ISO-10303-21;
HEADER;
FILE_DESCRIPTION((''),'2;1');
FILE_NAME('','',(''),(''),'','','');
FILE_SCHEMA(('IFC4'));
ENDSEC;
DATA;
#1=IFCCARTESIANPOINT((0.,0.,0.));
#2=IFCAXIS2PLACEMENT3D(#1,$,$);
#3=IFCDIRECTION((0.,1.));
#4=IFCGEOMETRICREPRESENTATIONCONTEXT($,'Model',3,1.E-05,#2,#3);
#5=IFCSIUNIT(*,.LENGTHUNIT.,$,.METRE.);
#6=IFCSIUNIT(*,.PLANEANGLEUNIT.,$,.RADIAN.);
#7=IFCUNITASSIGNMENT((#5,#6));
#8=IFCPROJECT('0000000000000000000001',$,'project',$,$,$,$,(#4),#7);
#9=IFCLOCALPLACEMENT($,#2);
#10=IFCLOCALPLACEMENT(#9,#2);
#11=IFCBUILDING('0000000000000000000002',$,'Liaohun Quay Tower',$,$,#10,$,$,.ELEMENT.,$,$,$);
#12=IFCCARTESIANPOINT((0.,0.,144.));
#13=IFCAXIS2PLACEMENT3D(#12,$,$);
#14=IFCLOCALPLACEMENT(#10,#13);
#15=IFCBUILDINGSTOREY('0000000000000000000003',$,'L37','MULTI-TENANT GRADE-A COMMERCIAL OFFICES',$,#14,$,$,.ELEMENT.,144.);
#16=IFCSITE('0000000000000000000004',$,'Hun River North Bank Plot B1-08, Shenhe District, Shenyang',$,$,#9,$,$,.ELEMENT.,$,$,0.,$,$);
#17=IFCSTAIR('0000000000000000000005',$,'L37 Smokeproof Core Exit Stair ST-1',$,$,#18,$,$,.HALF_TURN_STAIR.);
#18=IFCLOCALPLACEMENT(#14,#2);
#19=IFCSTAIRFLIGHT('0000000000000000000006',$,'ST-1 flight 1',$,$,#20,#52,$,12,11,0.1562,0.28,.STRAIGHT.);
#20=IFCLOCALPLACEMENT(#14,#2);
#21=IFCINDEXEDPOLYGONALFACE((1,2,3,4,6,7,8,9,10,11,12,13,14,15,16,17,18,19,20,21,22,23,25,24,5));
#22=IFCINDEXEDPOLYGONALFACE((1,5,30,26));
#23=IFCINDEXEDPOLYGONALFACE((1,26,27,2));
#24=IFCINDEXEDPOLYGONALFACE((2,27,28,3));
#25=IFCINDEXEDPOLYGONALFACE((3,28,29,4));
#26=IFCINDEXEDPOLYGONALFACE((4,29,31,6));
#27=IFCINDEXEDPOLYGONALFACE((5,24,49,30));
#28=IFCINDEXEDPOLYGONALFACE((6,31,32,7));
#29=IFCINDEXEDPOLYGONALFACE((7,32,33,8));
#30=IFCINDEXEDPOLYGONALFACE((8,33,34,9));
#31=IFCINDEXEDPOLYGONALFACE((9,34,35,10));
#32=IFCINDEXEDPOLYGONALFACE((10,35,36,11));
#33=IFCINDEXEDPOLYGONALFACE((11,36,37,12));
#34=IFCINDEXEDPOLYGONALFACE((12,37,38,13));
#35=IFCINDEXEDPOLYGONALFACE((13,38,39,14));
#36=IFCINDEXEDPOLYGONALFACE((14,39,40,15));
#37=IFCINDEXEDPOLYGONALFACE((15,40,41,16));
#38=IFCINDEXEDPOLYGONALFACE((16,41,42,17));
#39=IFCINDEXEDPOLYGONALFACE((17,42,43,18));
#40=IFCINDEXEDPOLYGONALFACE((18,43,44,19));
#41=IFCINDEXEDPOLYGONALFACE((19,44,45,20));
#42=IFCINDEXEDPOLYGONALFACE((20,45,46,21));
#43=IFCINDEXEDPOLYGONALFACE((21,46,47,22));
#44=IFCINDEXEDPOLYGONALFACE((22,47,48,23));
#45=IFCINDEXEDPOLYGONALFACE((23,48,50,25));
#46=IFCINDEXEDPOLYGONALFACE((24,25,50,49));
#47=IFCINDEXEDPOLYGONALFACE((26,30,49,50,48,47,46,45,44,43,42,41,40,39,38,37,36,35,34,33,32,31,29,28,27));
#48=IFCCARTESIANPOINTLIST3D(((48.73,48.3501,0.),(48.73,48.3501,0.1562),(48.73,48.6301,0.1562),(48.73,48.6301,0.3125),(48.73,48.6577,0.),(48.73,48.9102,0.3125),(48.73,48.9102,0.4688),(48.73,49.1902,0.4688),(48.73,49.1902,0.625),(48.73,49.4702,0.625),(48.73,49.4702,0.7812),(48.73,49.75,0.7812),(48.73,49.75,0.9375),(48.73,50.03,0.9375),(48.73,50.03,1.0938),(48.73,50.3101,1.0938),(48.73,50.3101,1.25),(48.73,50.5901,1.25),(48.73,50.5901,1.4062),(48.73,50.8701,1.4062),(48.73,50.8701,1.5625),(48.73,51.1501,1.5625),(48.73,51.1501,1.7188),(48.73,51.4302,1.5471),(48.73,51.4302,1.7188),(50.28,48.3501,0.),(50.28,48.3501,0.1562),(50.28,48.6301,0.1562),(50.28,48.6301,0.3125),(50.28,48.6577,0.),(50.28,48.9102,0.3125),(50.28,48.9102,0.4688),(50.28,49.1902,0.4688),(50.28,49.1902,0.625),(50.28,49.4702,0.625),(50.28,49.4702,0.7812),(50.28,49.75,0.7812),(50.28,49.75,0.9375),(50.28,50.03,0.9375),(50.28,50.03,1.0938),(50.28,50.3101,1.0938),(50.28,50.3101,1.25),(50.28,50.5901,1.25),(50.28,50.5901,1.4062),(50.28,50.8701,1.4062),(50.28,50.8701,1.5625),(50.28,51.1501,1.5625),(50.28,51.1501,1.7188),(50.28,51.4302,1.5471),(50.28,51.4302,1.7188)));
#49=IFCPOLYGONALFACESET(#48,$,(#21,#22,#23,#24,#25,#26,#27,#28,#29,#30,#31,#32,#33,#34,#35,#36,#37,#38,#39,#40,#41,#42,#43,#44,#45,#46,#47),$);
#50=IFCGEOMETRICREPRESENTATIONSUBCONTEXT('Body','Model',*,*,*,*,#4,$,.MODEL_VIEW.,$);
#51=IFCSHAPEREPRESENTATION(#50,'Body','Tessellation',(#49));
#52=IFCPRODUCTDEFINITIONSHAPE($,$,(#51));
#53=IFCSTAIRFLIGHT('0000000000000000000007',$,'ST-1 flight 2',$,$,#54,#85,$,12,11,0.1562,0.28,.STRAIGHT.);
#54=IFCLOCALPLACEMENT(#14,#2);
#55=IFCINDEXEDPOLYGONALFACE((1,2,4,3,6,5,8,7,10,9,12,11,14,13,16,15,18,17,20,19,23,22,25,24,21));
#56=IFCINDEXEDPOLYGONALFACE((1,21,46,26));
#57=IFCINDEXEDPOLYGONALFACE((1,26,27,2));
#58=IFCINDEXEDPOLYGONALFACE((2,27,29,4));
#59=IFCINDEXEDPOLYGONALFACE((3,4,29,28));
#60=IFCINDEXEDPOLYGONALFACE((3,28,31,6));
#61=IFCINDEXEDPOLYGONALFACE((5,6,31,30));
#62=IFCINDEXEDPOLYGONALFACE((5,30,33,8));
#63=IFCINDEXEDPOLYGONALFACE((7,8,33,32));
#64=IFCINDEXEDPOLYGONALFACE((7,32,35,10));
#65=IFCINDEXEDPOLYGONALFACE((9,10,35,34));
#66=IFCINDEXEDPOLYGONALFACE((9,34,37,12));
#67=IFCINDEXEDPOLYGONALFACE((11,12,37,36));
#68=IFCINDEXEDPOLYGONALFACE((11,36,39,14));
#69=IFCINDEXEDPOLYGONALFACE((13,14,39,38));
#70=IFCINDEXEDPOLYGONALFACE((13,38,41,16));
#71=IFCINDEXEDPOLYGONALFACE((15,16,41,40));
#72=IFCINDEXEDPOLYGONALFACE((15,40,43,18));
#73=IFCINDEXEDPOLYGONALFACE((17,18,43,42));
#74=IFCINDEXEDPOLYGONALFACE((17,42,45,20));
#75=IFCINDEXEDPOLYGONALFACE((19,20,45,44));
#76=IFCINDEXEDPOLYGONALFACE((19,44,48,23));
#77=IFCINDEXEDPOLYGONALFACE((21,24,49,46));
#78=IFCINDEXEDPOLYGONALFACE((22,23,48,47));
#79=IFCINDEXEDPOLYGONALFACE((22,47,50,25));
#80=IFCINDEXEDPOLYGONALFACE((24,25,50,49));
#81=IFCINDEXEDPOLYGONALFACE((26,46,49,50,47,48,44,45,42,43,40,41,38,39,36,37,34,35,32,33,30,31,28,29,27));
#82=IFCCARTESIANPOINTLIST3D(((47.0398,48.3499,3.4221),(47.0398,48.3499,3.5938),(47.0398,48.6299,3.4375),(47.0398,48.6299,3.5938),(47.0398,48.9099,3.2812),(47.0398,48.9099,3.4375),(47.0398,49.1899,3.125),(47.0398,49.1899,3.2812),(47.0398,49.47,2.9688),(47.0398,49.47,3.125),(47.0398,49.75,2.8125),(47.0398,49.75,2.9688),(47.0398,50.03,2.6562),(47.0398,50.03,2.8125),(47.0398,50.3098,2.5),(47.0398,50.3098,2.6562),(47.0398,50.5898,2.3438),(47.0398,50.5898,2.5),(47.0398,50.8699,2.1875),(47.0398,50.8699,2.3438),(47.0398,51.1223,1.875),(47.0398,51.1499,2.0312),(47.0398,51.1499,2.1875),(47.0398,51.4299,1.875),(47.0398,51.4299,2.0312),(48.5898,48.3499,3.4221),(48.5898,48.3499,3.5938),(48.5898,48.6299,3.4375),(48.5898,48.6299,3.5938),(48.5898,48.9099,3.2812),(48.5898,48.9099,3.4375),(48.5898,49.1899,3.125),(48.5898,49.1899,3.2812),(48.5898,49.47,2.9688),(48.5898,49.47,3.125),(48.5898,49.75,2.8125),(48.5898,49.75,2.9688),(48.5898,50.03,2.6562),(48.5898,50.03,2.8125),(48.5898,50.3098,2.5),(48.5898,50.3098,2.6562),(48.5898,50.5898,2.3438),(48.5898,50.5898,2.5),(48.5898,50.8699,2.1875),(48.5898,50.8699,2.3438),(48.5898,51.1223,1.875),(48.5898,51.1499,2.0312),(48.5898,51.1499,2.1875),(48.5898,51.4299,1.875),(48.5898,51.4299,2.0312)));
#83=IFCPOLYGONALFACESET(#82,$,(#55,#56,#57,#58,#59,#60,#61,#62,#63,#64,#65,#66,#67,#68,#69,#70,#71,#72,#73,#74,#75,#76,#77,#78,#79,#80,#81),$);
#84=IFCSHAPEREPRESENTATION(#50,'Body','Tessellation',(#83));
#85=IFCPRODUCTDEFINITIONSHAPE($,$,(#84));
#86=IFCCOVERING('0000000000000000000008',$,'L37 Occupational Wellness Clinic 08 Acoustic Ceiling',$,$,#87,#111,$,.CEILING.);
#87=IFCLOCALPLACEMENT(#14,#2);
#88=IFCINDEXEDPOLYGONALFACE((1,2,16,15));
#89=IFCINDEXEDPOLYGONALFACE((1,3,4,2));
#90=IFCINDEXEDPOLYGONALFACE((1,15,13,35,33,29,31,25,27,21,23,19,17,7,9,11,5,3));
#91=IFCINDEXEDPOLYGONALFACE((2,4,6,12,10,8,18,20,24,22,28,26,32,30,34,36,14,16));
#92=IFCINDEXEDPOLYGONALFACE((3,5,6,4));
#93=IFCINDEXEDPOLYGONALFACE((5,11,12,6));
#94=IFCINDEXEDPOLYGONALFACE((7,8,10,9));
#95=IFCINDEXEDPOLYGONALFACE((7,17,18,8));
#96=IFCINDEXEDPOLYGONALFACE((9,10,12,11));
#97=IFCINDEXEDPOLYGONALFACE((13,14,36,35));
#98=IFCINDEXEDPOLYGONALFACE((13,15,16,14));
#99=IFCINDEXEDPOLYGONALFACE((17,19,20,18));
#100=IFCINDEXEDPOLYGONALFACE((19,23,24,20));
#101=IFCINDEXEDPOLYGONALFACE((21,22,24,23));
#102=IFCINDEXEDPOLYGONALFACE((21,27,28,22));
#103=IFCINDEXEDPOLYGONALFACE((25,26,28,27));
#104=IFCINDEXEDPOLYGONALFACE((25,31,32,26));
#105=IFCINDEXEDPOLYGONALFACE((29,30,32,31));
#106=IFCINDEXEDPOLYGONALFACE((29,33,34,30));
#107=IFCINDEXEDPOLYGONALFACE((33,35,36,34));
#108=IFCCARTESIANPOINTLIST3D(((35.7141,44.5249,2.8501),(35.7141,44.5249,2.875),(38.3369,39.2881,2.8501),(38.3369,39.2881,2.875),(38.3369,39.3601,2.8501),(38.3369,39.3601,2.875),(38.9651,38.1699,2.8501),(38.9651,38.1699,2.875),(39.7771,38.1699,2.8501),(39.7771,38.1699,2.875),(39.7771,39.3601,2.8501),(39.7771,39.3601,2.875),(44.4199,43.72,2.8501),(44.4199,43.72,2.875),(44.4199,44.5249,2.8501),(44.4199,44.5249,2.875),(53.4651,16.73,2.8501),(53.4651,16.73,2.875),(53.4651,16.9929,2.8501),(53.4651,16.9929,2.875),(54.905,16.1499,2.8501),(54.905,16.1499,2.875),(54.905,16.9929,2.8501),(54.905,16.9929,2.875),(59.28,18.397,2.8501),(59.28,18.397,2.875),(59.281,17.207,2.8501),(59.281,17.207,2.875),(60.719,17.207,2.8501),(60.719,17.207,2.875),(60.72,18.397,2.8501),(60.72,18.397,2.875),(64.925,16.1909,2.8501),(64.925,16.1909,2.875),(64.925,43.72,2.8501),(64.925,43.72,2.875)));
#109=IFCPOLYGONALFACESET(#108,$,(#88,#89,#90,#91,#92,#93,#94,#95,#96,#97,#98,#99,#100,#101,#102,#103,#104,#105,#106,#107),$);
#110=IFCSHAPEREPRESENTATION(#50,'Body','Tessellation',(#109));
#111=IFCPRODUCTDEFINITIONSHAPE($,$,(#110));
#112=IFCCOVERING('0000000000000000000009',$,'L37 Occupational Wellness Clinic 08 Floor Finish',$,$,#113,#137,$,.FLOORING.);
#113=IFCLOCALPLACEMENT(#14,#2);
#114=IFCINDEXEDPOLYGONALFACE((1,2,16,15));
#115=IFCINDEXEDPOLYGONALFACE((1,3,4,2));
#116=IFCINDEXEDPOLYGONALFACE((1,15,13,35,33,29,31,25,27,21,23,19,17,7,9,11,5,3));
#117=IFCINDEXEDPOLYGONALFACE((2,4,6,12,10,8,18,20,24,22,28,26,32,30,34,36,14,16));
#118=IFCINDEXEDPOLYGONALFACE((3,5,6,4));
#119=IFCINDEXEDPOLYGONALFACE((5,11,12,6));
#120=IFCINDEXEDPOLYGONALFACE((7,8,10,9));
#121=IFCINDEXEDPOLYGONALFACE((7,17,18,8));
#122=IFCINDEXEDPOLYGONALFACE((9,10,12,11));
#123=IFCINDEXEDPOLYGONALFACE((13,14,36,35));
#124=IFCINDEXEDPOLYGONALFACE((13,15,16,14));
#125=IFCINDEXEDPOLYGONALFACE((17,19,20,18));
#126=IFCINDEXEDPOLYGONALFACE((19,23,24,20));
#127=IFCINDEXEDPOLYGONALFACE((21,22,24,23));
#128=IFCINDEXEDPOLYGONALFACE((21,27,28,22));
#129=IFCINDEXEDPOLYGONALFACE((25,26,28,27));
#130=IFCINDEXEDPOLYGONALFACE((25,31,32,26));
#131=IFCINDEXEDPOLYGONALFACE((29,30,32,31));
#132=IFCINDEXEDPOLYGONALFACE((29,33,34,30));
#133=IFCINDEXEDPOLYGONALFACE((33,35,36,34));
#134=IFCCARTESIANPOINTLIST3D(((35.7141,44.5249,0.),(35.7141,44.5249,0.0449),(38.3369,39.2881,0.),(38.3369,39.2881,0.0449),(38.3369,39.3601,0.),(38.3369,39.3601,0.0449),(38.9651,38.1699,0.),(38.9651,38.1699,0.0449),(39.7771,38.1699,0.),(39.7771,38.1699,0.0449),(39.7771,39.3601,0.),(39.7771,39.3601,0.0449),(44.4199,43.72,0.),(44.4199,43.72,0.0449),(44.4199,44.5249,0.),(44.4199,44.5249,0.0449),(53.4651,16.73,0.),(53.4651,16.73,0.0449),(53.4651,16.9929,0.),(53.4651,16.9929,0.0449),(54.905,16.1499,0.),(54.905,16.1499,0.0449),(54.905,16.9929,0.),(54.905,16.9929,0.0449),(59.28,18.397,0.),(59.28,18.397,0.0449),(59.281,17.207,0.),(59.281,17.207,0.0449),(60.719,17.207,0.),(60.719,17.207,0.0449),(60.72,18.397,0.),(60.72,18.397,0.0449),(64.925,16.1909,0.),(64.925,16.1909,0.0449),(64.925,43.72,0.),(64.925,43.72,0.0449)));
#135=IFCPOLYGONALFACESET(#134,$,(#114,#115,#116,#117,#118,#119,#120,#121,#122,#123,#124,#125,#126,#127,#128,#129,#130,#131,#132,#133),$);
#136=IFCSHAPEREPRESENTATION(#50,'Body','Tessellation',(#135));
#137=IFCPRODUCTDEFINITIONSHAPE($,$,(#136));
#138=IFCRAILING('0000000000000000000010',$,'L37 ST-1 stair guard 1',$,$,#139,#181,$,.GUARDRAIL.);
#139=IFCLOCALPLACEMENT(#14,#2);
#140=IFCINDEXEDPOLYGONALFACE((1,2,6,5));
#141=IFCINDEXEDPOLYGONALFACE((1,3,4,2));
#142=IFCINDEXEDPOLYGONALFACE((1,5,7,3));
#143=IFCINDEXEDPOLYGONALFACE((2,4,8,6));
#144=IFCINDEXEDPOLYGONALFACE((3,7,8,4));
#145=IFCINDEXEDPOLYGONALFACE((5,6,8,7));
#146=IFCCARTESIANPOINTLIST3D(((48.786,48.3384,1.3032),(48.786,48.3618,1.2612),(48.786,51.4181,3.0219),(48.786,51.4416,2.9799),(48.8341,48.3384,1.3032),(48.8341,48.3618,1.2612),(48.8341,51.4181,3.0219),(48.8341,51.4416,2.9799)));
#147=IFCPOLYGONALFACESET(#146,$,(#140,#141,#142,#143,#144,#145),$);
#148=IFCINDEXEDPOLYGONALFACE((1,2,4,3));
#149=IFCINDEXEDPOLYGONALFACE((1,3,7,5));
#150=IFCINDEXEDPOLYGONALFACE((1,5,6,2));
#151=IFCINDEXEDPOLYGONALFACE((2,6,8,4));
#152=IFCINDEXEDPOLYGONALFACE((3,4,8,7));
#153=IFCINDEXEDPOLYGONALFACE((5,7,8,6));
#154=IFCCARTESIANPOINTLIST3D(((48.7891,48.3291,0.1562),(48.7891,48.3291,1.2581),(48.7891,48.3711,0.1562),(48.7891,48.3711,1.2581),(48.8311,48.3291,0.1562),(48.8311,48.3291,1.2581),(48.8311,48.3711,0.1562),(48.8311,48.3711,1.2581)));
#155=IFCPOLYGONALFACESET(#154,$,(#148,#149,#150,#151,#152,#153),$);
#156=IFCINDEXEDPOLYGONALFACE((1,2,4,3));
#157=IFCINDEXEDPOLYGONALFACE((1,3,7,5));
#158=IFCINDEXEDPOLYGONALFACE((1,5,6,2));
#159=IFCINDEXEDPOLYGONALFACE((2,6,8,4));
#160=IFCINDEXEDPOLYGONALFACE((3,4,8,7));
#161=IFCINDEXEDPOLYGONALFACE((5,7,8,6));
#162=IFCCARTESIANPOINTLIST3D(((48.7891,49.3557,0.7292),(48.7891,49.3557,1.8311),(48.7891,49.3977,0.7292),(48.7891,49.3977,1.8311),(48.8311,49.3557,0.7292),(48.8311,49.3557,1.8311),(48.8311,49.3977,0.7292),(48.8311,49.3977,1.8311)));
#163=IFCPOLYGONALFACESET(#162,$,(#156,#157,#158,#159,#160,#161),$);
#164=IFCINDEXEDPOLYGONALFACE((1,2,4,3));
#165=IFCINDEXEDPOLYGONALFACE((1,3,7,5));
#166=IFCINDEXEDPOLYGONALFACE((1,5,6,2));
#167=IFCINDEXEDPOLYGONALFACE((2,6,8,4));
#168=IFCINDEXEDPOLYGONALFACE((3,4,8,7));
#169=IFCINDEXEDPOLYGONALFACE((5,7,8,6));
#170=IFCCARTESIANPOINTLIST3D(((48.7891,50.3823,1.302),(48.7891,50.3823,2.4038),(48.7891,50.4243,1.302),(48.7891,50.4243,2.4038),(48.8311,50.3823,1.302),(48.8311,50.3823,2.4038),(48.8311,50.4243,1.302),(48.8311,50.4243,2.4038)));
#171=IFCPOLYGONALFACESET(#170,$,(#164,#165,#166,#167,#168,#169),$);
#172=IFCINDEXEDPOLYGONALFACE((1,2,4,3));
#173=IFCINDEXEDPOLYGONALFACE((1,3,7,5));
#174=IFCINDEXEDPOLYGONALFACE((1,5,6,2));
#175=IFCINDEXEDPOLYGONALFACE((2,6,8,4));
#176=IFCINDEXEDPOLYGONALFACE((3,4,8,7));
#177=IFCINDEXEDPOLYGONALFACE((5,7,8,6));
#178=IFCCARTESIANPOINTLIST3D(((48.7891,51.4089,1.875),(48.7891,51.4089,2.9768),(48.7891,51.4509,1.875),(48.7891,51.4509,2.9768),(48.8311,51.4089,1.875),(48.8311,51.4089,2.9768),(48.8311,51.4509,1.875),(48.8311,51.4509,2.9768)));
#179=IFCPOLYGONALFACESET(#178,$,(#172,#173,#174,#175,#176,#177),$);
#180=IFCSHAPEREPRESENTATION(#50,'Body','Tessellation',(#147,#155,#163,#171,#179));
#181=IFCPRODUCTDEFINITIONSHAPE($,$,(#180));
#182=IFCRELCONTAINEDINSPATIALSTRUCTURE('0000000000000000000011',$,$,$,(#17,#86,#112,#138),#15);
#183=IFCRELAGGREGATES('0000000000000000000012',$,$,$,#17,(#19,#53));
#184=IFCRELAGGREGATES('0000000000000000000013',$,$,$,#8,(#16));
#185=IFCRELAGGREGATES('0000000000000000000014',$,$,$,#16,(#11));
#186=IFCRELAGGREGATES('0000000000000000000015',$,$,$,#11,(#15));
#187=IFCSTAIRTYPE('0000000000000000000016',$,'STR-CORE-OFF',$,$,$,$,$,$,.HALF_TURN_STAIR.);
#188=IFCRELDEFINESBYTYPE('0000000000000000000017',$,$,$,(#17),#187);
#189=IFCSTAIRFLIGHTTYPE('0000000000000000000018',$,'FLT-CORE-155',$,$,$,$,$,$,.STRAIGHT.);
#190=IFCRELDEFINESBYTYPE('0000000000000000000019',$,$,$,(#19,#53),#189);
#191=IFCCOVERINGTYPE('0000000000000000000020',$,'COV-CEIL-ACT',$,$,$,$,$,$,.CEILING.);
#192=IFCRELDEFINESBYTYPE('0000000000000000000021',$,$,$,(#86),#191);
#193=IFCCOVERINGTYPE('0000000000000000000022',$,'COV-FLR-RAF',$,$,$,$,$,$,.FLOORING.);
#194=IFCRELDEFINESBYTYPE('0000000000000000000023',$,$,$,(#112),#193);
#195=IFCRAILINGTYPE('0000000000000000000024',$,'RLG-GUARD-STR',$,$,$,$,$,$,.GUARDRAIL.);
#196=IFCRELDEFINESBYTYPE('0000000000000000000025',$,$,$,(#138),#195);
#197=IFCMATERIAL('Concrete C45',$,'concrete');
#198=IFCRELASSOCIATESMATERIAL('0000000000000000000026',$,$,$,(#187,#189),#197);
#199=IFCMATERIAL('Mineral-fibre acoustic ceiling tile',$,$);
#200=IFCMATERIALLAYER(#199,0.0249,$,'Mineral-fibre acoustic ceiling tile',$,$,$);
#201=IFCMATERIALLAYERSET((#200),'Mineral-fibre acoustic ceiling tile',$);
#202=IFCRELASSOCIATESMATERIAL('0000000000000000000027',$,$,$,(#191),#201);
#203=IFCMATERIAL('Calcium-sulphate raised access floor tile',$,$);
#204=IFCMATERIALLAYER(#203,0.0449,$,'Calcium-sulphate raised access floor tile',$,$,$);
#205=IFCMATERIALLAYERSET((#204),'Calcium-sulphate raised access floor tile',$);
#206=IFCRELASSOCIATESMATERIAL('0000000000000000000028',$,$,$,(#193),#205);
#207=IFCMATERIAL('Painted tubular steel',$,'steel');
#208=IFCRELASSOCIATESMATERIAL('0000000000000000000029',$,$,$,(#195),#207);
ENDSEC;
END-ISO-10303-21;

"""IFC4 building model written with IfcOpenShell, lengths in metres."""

from ifc_helpers import new_model, si_unit, direction, frame, origin, origin_2d, place, context, subcontext, project, spatial, polyline, rectangle, outline, extrude, material, layer, layer_set, type_object, element, aggregate, save


model = new_model("IFC4")

# Units and contexts
model_context = context("Model", 3, precision=1e-05, world=origin(), true_north=direction((0.0, 1.0)))
body_context = subcontext(model_context, "Body", "Model", "MODEL_VIEW")
ifc_project = project(units=[si_unit("LENGTHUNIT", "METRE"), si_unit("PLANEANGLEUNIT", "RADIAN")], contexts=[model_context])

# Site, building, storey
site_placement = place(None, origin())
site = spatial("IfcSite", under=ifc_project, at=site_placement, Name="Hun River North Bank Plot B1-08, Shenhe District, Shenyang", CompositionType="ELEMENT", RefElevation=0.0)
building_placement = place(site_placement, origin())
building = spatial("IfcBuilding", under=site, at=building_placement, Name="Liaohun Quay Tower", CompositionType="ELEMENT")
storey_placement = place(building_placement, frame((0.0, 0.0, 144.0)))
storey = spatial("IfcBuildingStorey", under=building, at=storey_placement, Name="L37", Description="MULTI-TENANT GRADE-A COMMERCIAL OFFICES", CompositionType="ELEMENT", Elevation=144.0)

# Stair
ifc_material_1 = material(Name="Concrete C45", Category="concrete")
stair_type = type_object("IfcStairType", Name="STR-CORE-OFF", PredefinedType="HALF_TURN_STAIR", material=ifc_material_1)
stair_1_placement = place(storey_placement, origin())
stair_1 = element("IfcStair", 1, at=stair_1_placement, inside=storey, type_object=stair_type, Name="L37 Smokeproof Core Exit Stair ST-1", PredefinedType="HALF_TURN_STAIR")

# Stair flights
stair_flight_type = type_object("IfcStairFlightType", Name="FLT-CORE-155", PredefinedType="STRAIGHT", material=ifc_material_1)
stair_flight_1_placement = place(storey_placement, frame((49.5049, 48.3501, 0.0), z_axis=(0.0, 0.0, 1.0), x_axis=(0.0, 1.0, 0.0)))
stair_flight_1 = element("IfcStairFlight", 2, at=stair_flight_1_placement, type_object=stair_flight_type, Name="ST-1 flight 1", NumberOfRisers=12, NumberOfTreads=11, PredefinedType="STRAIGHT", RiserHeight=0.1562, TreadLength=0.28, context=body_context, shape_type="SweptSolid", body=[
    extrude(outline(polyline([(0.0, 0.0), (0.0, 0.1562), (0.28, 0.1562), (0.28, 0.3125), (0.5601, 0.3125), (0.5601, 0.4688), (0.8401, 0.4688), (0.8401, 0.625), (1.1201, 0.625), (1.1201, 0.7812), (1.3999, 0.7812), (1.3999, 0.9375), (1.6799, 0.9375), (1.6799, 1.0938), (1.96, 1.0938), (1.96, 1.25), (2.24, 1.25), (2.24, 1.4062), (2.52, 1.4062), (2.52, 1.5625), (2.8, 1.5625), (2.8, 1.7188), (3.0801, 1.7188), (3.0801, 1.875), (3.0801, 1.5471), (0.3076, 0.0), (0.0, 0.0)])), frame((0.0, 0.7749, 0.0), z_axis=(0.0, -1.0, 0.0), x_axis=(1.0, 0.0, 0.0)), (0.0, 0.0, 1.0), 1.55),
])
stair_flight_2_placement = place(storey_placement, frame((47.8149, 51.4299, 1.875), z_axis=(0.0, 0.0, 1.0), x_axis=(0.0, -1.0, 0.0)))
stair_flight_2 = element("IfcStairFlight", 3, at=stair_flight_2_placement, type_object=stair_flight_type, Name="ST-1 flight 2", NumberOfRisers=12, NumberOfTreads=11, PredefinedType="STRAIGHT", RiserHeight=0.1562, TreadLength=0.28, context=body_context, shape_type="SweptSolid", body=[
    extrude(outline(polyline([(0.0, 0.0), (0.0, 0.1562), (0.28, 0.1562), (0.28, 0.3125), (0.5601, 0.3125), (0.5601, 0.4688), (0.8401, 0.4688), (0.8401, 0.625), (1.1201, 0.625), (1.1201, 0.7812), (1.3999, 0.7812), (1.3999, 0.9375), (1.6799, 0.9375), (1.6799, 1.0938), (1.96, 1.0938), (1.96, 1.25), (2.24, 1.25), (2.24, 1.4062), (2.52, 1.4062), (2.52, 1.5625), (2.8, 1.5625), (2.8, 1.7188), (3.0801, 1.7188), (3.0801, 1.875), (3.0801, 1.5471), (0.3076, 0.0), (0.0, 0.0)])), frame((0.0, 0.7749, 0.0), z_axis=(0.0, -1.0, 0.0), x_axis=(1.0, 0.0, 0.0)), (0.0, 0.0, 1.0), 1.55),
])
aggregate(stair_1, [stair_flight_1, stair_flight_2])

# Coverings
ifc_material_2 = material(Name="Mineral-fibre acoustic ceiling tile")
ifc_layer_1 = layer(ifc_material_2, 0.0249, Name="Mineral-fibre acoustic ceiling tile")
ifc_layer_set_1 = layer_set([ifc_layer_1], Name="Mineral-fibre acoustic ceiling tile")
covering_type_1 = type_object("IfcCoveringType", Name="COV-CEIL-ACT", PredefinedType="CEILING", material=ifc_layer_set_1)
covering_1_placement = place(storey_placement, frame((0.0, 0.0, 2.8501)))
element("IfcCovering", 4, at=covering_1_placement, inside=storey, type_object=covering_type_1, Name="L37 Occupational Wellness Clinic 08 Acoustic Ceiling", PredefinedType="CEILING", context=body_context, shape_type="SweptSolid", body=[
    extrude(outline(polyline([(35.7141, 44.5249), (38.3369, 39.2881), (38.3369, 39.3601), (39.7771, 39.3601), (39.7771, 38.1699), (38.9651, 38.1699), (53.4651, 16.73), (53.4651, 16.9929), (54.905, 16.9929), (54.905, 16.1499), (59.281, 17.207), (59.28, 18.397), (60.72, 18.397), (60.719, 17.207), (64.925, 16.1909), (64.925, 43.72), (44.4199, 43.72), (44.4199, 44.5249), (35.7141, 44.5249)])), origin(), (0.0, 0.0, 1.0), 0.0249),
])
ifc_material_3 = material(Name="Calcium-sulphate raised access floor tile")
ifc_layer_2 = layer(ifc_material_3, 0.0449, Name="Calcium-sulphate raised access floor tile")
ifc_layer_set_2 = layer_set([ifc_layer_2], Name="Calcium-sulphate raised access floor tile")
covering_type_2 = type_object("IfcCoveringType", Name="COV-FLR-RAF", PredefinedType="FLOORING", material=ifc_layer_set_2)
covering_2_placement = place(storey_placement, origin())
element("IfcCovering", 5, at=covering_2_placement, inside=storey, type_object=covering_type_2, Name="L37 Occupational Wellness Clinic 08 Floor Finish", PredefinedType="FLOORING", context=body_context, shape_type="SweptSolid", body=[
    extrude(outline(polyline([(35.7141, 44.5249), (38.3369, 39.2881), (38.3369, 39.3601), (39.7771, 39.3601), (39.7771, 38.1699), (38.9651, 38.1699), (53.4651, 16.73), (53.4651, 16.9929), (54.905, 16.9929), (54.905, 16.1499), (59.281, 17.207), (59.28, 18.397), (60.72, 18.397), (60.719, 17.207), (64.925, 16.1909), (64.925, 43.72), (44.4199, 43.72), (44.4199, 44.5249), (35.7141, 44.5249)])), origin(), (0.0, 0.0, 1.0), 0.0449),
])

# Railing
ifc_material_4 = material(Name="Painted tubular steel", Category="steel")
railing_type_1 = type_object("IfcRailingType", Name="RLG-GUARD-STR", PredefinedType="GUARDRAIL", material=ifc_material_4)
railing_1_placement = place(storey_placement, frame((48.8101, 48.3501, 0.1562)))
element("IfcRailing", 6, at=railing_1_placement, inside=storey, type_object=railing_type_1, Name="L37 ST-1 stair guard 1", PredefinedType="GUARDRAIL", context=body_context, shape_type="SweptSolid", body=[
    extrude(rectangle(XDim=0.0481, YDim=0.0481, at=origin_2d()), frame((0.0, 0.0, 1.126), z_axis=(0.0, 0.873225, 0.487317), x_axis=(-1.0, 0.0, 0.0)), (0.0, 0.0, 1.0), 3.5269),
    extrude(rectangle(XDim=0.042, YDim=0.042, at=origin_2d()), origin(), (0.0, 0.0, 1.0), 1.1018),
    extrude(rectangle(XDim=0.042, YDim=0.042, at=origin_2d()), frame((0.0, 1.0266, 0.573)), (0.0, 0.0, 1.0), 1.1018),
    extrude(rectangle(XDim=0.042, YDim=0.042, at=origin_2d()), frame((0.0, 2.0532, 1.1458)), (0.0, 0.0, 1.0), 1.1018),
    extrude(rectangle(XDim=0.042, YDim=0.042, at=origin_2d()), frame((0.0, 3.0798, 1.7188)), (0.0, 0.0, 1.0), 1.1018),
])

save(model, "model.ifc")
